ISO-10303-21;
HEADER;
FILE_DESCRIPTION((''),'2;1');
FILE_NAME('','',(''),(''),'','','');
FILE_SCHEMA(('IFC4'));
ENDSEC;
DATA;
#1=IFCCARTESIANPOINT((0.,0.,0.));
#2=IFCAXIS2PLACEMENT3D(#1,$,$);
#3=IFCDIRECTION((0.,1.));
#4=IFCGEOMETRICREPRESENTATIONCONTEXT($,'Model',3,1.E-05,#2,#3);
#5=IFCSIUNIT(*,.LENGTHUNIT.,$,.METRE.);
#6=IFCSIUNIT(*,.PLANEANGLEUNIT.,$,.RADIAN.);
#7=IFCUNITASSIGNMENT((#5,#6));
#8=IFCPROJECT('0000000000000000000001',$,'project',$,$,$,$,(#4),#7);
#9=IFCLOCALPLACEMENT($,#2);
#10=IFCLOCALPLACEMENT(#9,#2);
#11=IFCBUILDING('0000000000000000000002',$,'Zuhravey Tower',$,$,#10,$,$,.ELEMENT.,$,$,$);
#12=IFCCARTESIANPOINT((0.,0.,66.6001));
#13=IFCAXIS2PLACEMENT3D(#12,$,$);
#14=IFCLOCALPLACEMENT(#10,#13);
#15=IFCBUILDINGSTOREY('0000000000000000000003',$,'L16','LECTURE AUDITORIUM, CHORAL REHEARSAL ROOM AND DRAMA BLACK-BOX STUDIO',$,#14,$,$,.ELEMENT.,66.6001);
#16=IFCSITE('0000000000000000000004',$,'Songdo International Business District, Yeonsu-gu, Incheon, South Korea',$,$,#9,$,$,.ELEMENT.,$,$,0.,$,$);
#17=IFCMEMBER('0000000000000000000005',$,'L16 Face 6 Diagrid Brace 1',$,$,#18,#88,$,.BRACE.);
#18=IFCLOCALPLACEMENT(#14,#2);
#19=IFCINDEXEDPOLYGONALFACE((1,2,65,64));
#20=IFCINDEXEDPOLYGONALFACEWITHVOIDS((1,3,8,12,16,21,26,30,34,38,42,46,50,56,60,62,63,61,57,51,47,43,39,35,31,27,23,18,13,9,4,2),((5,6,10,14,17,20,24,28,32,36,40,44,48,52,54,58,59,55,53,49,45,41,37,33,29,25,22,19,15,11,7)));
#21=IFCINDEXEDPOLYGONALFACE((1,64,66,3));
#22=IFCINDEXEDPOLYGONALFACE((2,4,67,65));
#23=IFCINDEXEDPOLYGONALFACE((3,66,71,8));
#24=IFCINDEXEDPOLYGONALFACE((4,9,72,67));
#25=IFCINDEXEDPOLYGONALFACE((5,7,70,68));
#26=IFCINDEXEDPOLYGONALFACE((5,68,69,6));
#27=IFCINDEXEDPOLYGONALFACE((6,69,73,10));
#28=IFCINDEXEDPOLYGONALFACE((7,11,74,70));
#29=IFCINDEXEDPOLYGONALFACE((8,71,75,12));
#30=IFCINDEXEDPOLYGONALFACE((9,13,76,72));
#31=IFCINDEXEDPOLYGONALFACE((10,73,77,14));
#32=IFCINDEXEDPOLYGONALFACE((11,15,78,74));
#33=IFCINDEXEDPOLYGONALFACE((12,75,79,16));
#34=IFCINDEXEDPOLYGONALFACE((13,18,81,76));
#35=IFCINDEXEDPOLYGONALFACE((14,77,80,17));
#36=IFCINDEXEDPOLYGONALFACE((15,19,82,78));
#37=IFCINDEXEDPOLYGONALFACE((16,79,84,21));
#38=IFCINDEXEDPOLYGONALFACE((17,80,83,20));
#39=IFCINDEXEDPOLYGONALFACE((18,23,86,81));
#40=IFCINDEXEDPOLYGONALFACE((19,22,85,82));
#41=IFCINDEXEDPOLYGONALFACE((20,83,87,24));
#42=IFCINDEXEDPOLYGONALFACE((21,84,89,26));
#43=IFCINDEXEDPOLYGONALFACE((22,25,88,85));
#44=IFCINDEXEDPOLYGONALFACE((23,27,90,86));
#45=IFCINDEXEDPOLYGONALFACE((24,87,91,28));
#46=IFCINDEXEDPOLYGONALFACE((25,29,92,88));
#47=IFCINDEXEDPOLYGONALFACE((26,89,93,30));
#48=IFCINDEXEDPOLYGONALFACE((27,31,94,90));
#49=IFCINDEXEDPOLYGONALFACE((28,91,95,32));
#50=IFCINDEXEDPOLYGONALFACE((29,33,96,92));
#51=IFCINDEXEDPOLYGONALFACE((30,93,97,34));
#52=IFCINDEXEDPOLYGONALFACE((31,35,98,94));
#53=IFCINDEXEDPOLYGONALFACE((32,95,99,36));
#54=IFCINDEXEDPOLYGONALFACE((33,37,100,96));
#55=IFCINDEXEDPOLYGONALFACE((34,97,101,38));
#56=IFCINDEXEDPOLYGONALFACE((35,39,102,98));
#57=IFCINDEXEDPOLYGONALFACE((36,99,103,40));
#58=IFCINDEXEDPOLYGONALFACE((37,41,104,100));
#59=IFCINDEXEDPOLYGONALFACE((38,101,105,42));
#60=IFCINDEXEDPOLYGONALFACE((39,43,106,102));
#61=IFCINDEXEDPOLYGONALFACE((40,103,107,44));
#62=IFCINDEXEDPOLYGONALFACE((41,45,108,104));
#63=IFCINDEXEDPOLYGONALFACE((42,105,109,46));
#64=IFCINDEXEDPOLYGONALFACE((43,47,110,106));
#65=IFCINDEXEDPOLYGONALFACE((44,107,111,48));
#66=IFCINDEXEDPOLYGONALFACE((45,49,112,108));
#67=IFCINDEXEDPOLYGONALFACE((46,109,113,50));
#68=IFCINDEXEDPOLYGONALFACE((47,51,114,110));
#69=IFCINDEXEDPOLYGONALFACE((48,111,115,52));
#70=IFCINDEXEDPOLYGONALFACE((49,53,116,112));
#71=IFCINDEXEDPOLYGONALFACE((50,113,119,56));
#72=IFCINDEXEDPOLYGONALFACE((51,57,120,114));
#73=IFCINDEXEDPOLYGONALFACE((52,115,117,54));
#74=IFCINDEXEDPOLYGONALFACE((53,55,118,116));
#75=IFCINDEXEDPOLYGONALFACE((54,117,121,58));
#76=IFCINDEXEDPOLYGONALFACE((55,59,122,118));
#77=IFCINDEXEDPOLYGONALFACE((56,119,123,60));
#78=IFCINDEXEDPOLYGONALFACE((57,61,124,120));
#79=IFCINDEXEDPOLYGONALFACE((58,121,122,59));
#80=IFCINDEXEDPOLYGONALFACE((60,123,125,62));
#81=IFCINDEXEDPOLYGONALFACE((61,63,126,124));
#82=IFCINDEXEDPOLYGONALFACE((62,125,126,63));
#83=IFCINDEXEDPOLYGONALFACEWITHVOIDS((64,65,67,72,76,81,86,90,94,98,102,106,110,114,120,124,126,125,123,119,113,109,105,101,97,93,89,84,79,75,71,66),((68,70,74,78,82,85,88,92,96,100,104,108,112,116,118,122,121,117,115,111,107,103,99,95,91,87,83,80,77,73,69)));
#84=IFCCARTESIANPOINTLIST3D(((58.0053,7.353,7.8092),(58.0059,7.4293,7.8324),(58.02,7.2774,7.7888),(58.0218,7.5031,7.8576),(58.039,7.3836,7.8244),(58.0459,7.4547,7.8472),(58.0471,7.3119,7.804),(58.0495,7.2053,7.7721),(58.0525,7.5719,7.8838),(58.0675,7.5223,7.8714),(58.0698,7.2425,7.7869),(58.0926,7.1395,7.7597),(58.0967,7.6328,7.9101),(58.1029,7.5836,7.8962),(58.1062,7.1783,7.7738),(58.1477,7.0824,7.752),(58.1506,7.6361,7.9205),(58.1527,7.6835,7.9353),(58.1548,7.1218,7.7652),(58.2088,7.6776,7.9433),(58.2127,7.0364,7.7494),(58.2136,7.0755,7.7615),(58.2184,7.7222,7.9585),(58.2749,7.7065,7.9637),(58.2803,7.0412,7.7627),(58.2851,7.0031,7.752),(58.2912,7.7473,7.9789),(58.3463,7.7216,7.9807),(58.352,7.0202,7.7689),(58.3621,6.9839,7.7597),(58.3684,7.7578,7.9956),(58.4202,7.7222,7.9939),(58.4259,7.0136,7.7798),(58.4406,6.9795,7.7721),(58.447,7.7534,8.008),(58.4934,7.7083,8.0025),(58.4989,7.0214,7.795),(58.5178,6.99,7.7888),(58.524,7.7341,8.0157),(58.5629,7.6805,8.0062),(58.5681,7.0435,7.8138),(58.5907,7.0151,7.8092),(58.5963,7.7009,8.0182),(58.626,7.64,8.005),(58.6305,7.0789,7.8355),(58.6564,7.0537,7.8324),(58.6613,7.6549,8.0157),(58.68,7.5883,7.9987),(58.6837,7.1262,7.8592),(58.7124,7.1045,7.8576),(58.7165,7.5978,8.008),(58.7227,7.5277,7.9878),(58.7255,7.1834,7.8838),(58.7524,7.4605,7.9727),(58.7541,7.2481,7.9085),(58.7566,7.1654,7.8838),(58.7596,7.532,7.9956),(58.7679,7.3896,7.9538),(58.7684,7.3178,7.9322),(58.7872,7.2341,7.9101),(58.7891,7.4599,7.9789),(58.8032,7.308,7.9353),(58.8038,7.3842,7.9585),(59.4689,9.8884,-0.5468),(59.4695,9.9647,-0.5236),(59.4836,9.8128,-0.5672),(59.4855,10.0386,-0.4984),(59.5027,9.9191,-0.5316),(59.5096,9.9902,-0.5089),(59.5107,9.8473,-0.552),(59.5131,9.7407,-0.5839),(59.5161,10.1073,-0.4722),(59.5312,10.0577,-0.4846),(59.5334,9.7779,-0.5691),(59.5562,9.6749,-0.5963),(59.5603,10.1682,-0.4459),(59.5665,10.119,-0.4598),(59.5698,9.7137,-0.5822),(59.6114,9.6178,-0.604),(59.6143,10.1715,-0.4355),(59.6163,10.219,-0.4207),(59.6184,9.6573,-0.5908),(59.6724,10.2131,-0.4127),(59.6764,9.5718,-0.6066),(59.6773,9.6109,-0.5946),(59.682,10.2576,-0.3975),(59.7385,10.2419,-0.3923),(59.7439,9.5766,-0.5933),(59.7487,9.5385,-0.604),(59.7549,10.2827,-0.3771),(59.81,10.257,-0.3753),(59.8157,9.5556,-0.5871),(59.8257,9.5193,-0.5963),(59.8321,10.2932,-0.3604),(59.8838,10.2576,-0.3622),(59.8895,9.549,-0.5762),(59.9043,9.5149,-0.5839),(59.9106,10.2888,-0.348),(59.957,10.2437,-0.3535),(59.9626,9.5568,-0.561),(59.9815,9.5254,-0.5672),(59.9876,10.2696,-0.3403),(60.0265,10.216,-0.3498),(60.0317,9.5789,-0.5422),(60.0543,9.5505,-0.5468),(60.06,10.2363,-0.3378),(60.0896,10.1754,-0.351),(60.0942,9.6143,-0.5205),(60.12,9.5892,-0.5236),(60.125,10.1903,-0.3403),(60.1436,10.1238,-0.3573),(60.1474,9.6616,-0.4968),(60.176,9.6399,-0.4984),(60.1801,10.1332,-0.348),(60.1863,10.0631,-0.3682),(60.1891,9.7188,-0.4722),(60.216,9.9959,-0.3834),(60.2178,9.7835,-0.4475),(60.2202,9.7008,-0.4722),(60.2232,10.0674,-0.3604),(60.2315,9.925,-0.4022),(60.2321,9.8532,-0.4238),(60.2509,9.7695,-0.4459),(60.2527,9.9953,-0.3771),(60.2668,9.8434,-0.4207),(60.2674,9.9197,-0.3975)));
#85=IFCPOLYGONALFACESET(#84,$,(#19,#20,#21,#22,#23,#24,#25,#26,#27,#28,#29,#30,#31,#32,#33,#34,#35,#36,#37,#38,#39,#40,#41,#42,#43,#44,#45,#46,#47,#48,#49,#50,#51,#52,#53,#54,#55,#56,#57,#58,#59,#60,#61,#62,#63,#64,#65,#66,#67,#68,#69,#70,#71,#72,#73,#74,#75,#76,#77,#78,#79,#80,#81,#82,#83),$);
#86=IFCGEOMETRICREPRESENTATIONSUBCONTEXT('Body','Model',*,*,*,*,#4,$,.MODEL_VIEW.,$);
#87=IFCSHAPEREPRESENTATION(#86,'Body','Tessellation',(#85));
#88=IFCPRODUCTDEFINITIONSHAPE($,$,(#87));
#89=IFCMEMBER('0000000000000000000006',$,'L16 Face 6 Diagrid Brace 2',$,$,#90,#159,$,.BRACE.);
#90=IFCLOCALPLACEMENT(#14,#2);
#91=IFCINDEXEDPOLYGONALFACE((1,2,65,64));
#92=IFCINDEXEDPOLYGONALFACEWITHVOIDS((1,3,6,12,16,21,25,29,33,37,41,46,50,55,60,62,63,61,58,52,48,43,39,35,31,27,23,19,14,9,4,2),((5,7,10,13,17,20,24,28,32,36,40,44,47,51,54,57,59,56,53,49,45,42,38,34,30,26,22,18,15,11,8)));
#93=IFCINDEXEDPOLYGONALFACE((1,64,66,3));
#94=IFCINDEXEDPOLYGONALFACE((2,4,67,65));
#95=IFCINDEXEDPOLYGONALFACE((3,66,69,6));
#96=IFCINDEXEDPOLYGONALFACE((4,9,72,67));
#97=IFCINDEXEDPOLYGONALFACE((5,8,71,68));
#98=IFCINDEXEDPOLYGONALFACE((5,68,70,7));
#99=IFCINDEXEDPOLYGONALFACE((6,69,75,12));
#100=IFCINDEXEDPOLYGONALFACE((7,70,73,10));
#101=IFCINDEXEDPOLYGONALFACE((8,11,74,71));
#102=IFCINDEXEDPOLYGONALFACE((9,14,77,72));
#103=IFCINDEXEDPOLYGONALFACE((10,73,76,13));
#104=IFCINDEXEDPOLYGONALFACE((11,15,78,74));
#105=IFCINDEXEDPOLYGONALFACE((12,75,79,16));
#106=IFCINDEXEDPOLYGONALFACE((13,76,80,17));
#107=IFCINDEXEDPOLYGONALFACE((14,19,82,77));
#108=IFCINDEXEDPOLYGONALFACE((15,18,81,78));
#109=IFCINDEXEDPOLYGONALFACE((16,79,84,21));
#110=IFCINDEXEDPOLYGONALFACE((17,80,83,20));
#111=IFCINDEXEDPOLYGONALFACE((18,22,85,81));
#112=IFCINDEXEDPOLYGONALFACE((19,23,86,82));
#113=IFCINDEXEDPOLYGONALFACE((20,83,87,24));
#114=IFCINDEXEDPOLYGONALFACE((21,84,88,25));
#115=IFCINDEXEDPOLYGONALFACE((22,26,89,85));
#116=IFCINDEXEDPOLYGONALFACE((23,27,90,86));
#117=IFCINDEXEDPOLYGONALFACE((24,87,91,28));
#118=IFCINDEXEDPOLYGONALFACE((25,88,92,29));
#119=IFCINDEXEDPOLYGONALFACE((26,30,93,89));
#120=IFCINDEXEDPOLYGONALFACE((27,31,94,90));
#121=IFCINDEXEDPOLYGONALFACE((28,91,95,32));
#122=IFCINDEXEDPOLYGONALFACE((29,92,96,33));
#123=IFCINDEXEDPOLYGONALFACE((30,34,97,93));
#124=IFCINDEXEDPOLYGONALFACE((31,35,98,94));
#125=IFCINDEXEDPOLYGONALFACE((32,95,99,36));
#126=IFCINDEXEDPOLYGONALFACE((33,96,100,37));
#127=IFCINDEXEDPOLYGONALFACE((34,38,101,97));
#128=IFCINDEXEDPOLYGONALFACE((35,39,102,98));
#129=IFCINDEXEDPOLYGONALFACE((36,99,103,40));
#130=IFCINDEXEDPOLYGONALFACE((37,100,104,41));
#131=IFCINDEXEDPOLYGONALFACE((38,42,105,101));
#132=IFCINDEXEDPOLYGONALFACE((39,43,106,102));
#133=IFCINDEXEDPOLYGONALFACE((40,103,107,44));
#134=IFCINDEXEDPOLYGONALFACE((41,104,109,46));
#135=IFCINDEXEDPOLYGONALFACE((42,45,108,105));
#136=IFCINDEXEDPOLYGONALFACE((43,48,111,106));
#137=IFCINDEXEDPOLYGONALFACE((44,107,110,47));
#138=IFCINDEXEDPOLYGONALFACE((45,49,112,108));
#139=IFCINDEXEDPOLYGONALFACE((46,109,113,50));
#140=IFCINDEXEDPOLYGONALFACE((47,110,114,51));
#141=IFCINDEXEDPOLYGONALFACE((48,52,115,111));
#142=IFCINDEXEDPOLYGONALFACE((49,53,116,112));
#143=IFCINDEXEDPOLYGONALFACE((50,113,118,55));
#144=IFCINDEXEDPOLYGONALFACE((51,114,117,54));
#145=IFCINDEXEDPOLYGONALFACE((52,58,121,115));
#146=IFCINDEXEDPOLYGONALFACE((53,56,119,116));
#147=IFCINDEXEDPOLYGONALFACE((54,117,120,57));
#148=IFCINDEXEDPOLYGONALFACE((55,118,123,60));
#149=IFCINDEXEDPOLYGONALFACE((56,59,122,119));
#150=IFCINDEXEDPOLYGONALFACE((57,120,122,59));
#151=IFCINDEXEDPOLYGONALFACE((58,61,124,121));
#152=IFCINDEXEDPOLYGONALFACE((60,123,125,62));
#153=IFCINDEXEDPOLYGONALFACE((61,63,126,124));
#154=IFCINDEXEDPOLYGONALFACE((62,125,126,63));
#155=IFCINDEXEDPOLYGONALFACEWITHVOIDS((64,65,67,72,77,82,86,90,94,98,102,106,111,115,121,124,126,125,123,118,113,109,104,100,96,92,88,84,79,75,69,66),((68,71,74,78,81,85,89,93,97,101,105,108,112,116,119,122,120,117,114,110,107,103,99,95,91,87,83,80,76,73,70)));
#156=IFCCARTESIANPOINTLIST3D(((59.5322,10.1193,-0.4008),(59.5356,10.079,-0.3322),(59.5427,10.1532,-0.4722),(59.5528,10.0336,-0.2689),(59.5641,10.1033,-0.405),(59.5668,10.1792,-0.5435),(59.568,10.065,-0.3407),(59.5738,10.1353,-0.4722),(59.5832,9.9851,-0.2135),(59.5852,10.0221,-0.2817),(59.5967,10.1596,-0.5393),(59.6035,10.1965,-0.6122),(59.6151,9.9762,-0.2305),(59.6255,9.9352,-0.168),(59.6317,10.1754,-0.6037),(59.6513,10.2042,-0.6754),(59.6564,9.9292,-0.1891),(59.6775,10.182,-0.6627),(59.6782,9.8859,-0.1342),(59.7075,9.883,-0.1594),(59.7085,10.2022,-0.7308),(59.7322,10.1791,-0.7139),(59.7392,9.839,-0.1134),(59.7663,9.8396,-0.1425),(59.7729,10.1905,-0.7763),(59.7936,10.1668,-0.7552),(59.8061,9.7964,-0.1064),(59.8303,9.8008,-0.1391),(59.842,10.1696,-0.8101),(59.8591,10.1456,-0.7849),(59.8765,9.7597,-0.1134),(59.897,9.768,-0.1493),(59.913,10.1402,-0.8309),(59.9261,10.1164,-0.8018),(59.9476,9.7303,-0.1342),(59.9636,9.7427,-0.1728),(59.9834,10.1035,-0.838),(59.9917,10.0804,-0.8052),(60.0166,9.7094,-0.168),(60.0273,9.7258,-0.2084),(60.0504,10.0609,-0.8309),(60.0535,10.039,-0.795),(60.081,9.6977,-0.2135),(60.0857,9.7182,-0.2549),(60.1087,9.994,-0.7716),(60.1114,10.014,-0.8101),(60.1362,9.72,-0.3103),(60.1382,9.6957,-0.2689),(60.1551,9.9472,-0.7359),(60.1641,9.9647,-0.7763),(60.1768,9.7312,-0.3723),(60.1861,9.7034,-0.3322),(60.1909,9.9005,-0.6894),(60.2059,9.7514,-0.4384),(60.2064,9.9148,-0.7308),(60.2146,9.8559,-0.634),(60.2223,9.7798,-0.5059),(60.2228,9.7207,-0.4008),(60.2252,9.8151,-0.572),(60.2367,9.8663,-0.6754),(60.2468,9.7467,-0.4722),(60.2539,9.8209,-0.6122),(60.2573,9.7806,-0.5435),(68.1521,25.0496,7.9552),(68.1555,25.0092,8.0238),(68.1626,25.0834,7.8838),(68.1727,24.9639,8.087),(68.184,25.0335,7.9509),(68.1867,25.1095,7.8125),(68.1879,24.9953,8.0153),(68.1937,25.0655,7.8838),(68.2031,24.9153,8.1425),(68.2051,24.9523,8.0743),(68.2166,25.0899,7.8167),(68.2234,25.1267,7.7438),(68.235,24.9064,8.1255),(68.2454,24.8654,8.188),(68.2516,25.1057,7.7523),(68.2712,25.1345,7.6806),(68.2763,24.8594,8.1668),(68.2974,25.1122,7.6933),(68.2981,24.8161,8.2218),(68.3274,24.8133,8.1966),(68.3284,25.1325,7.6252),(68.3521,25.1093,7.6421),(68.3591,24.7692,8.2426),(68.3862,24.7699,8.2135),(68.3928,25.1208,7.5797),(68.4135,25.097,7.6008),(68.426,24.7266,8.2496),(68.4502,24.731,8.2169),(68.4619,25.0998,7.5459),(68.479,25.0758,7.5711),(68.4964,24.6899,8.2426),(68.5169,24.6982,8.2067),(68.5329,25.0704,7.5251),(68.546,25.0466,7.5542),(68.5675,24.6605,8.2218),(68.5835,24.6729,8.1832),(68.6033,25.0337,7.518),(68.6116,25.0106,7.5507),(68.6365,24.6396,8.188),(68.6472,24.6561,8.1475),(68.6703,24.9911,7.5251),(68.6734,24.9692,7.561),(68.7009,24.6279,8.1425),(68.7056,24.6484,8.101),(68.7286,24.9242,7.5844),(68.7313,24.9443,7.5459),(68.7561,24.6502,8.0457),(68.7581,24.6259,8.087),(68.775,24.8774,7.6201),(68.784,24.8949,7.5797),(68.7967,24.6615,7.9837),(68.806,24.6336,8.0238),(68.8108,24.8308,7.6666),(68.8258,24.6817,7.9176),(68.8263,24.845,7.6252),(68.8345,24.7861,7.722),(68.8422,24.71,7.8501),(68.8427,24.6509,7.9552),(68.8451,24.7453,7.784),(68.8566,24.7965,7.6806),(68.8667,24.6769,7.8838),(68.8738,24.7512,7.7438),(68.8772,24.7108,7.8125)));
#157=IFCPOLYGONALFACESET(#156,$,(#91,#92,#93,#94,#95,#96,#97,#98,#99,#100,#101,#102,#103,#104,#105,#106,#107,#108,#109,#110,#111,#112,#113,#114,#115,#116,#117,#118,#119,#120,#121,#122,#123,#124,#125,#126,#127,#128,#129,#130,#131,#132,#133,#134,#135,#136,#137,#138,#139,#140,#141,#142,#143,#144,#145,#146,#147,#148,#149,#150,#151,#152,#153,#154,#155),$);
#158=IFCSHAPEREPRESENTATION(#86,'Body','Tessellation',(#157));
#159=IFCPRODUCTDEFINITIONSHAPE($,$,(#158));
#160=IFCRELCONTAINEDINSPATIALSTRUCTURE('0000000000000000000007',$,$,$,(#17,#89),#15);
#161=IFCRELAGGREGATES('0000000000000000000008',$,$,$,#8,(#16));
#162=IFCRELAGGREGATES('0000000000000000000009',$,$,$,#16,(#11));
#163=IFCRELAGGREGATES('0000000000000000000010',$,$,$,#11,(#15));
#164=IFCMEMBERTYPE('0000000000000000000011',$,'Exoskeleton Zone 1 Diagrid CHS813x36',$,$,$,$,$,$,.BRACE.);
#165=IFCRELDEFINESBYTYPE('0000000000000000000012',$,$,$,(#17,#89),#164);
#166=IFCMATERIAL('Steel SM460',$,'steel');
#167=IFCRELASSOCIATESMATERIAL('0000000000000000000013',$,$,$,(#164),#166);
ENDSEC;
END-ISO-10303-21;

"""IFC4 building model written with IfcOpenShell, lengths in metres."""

from ifc_helpers import new_model, si_unit, direction, frame, origin, origin_2d, place, context, subcontext, project, spatial, hollow_circle, extrude, material, material_profile, profile_set, type_object, element, save


model = new_model("IFC4")

# Units and contexts
model_context = context("Model", 3, precision=1e-05, world=origin(), true_north=direction((0.0, 1.0)))
body_context = subcontext(model_context, "Body", "Model", "MODEL_VIEW")
ifc_project = project(units=[si_unit("LENGTHUNIT", "METRE"), si_unit("PLANEANGLEUNIT", "RADIAN")], contexts=[model_context])

# Site, building, storey
site_placement = place(None, origin())
site = spatial("IfcSite", under=ifc_project, at=site_placement, Name="Songdo International Business District, Yeonsu-gu, Incheon, South Korea", CompositionType="ELEMENT", RefElevation=0.0)
building_placement = place(site_placement, origin())
building = spatial("IfcBuilding", under=site, at=building_placement, Name="Zuhravey Tower", CompositionType="ELEMENT")
storey_placement = place(building_placement, frame((0.0, 0.0, 66.6001)))
storey = spatial("IfcBuildingStorey", under=building, at=storey_placement, Name="L16", Description="LECTURE AUDITORIUM, CHORAL REHEARSAL ROOM AND DRAMA BLACK-BOX STUDIO", CompositionType="ELEMENT", Elevation=66.6001)

# Members
ifc_material_1 = material(Name="Steel SM460", Category="steel")
ifc_material_profile_1 = material_profile(ifc_material_1, hollow_circle(Radius=0.4065, WallThickness=0.0359, at=origin_2d()), Name="CHS-812.8x36")
ifc_profile_set_1 = profile_set([ifc_material_profile_1], Name="Steel SM460")
member_type_1 = type_object("IfcMemberType", Name="Exoskeleton Zone 1 Diagrid CHS813x36", PredefinedType="BRACE", material=ifc_profile_set_1)
member_1_placement = place(storey_placement, frame((59.8682, 9.9041, -0.4722), z_axis=(-0.165307, -0.286358, 0.943755), x_axis=(0.866054, -0.499951, 0.0)))
element("IfcMember", 1, at=member_1_placement, inside=storey, type_object=member_type_1, Name="L16 Face 6 Diagrid Brace 1", PredefinedType="BRACE", context=body_context, shape_type="SweptSolid", body=[
    extrude(hollow_circle(Radius=0.4065, WallThickness=0.0359, at=origin_2d()), origin(), (0.0, 0.0, 1.0), 8.854),
])
member_2_placement = place(storey_placement, frame((59.8948, 9.95, -0.4722), z_axis=(0.449933, 0.779312, 0.436157), x_axis=(-0.866027, 0.499997, 0.0)))
element("IfcMember", 2, at=member_2_placement, inside=storey, type_object=member_type_1, Name="L16 Face 6 Diagrid Brace 2", PredefinedType="BRACE", context=body_context, shape_type="SweptSolid", body=[
    extrude(hollow_circle(Radius=0.4065, WallThickness=0.0359, at=origin_2d()), origin(), (0.0, 0.0, 1.0), 19.1582),
])

save(model, "model.ifc")
